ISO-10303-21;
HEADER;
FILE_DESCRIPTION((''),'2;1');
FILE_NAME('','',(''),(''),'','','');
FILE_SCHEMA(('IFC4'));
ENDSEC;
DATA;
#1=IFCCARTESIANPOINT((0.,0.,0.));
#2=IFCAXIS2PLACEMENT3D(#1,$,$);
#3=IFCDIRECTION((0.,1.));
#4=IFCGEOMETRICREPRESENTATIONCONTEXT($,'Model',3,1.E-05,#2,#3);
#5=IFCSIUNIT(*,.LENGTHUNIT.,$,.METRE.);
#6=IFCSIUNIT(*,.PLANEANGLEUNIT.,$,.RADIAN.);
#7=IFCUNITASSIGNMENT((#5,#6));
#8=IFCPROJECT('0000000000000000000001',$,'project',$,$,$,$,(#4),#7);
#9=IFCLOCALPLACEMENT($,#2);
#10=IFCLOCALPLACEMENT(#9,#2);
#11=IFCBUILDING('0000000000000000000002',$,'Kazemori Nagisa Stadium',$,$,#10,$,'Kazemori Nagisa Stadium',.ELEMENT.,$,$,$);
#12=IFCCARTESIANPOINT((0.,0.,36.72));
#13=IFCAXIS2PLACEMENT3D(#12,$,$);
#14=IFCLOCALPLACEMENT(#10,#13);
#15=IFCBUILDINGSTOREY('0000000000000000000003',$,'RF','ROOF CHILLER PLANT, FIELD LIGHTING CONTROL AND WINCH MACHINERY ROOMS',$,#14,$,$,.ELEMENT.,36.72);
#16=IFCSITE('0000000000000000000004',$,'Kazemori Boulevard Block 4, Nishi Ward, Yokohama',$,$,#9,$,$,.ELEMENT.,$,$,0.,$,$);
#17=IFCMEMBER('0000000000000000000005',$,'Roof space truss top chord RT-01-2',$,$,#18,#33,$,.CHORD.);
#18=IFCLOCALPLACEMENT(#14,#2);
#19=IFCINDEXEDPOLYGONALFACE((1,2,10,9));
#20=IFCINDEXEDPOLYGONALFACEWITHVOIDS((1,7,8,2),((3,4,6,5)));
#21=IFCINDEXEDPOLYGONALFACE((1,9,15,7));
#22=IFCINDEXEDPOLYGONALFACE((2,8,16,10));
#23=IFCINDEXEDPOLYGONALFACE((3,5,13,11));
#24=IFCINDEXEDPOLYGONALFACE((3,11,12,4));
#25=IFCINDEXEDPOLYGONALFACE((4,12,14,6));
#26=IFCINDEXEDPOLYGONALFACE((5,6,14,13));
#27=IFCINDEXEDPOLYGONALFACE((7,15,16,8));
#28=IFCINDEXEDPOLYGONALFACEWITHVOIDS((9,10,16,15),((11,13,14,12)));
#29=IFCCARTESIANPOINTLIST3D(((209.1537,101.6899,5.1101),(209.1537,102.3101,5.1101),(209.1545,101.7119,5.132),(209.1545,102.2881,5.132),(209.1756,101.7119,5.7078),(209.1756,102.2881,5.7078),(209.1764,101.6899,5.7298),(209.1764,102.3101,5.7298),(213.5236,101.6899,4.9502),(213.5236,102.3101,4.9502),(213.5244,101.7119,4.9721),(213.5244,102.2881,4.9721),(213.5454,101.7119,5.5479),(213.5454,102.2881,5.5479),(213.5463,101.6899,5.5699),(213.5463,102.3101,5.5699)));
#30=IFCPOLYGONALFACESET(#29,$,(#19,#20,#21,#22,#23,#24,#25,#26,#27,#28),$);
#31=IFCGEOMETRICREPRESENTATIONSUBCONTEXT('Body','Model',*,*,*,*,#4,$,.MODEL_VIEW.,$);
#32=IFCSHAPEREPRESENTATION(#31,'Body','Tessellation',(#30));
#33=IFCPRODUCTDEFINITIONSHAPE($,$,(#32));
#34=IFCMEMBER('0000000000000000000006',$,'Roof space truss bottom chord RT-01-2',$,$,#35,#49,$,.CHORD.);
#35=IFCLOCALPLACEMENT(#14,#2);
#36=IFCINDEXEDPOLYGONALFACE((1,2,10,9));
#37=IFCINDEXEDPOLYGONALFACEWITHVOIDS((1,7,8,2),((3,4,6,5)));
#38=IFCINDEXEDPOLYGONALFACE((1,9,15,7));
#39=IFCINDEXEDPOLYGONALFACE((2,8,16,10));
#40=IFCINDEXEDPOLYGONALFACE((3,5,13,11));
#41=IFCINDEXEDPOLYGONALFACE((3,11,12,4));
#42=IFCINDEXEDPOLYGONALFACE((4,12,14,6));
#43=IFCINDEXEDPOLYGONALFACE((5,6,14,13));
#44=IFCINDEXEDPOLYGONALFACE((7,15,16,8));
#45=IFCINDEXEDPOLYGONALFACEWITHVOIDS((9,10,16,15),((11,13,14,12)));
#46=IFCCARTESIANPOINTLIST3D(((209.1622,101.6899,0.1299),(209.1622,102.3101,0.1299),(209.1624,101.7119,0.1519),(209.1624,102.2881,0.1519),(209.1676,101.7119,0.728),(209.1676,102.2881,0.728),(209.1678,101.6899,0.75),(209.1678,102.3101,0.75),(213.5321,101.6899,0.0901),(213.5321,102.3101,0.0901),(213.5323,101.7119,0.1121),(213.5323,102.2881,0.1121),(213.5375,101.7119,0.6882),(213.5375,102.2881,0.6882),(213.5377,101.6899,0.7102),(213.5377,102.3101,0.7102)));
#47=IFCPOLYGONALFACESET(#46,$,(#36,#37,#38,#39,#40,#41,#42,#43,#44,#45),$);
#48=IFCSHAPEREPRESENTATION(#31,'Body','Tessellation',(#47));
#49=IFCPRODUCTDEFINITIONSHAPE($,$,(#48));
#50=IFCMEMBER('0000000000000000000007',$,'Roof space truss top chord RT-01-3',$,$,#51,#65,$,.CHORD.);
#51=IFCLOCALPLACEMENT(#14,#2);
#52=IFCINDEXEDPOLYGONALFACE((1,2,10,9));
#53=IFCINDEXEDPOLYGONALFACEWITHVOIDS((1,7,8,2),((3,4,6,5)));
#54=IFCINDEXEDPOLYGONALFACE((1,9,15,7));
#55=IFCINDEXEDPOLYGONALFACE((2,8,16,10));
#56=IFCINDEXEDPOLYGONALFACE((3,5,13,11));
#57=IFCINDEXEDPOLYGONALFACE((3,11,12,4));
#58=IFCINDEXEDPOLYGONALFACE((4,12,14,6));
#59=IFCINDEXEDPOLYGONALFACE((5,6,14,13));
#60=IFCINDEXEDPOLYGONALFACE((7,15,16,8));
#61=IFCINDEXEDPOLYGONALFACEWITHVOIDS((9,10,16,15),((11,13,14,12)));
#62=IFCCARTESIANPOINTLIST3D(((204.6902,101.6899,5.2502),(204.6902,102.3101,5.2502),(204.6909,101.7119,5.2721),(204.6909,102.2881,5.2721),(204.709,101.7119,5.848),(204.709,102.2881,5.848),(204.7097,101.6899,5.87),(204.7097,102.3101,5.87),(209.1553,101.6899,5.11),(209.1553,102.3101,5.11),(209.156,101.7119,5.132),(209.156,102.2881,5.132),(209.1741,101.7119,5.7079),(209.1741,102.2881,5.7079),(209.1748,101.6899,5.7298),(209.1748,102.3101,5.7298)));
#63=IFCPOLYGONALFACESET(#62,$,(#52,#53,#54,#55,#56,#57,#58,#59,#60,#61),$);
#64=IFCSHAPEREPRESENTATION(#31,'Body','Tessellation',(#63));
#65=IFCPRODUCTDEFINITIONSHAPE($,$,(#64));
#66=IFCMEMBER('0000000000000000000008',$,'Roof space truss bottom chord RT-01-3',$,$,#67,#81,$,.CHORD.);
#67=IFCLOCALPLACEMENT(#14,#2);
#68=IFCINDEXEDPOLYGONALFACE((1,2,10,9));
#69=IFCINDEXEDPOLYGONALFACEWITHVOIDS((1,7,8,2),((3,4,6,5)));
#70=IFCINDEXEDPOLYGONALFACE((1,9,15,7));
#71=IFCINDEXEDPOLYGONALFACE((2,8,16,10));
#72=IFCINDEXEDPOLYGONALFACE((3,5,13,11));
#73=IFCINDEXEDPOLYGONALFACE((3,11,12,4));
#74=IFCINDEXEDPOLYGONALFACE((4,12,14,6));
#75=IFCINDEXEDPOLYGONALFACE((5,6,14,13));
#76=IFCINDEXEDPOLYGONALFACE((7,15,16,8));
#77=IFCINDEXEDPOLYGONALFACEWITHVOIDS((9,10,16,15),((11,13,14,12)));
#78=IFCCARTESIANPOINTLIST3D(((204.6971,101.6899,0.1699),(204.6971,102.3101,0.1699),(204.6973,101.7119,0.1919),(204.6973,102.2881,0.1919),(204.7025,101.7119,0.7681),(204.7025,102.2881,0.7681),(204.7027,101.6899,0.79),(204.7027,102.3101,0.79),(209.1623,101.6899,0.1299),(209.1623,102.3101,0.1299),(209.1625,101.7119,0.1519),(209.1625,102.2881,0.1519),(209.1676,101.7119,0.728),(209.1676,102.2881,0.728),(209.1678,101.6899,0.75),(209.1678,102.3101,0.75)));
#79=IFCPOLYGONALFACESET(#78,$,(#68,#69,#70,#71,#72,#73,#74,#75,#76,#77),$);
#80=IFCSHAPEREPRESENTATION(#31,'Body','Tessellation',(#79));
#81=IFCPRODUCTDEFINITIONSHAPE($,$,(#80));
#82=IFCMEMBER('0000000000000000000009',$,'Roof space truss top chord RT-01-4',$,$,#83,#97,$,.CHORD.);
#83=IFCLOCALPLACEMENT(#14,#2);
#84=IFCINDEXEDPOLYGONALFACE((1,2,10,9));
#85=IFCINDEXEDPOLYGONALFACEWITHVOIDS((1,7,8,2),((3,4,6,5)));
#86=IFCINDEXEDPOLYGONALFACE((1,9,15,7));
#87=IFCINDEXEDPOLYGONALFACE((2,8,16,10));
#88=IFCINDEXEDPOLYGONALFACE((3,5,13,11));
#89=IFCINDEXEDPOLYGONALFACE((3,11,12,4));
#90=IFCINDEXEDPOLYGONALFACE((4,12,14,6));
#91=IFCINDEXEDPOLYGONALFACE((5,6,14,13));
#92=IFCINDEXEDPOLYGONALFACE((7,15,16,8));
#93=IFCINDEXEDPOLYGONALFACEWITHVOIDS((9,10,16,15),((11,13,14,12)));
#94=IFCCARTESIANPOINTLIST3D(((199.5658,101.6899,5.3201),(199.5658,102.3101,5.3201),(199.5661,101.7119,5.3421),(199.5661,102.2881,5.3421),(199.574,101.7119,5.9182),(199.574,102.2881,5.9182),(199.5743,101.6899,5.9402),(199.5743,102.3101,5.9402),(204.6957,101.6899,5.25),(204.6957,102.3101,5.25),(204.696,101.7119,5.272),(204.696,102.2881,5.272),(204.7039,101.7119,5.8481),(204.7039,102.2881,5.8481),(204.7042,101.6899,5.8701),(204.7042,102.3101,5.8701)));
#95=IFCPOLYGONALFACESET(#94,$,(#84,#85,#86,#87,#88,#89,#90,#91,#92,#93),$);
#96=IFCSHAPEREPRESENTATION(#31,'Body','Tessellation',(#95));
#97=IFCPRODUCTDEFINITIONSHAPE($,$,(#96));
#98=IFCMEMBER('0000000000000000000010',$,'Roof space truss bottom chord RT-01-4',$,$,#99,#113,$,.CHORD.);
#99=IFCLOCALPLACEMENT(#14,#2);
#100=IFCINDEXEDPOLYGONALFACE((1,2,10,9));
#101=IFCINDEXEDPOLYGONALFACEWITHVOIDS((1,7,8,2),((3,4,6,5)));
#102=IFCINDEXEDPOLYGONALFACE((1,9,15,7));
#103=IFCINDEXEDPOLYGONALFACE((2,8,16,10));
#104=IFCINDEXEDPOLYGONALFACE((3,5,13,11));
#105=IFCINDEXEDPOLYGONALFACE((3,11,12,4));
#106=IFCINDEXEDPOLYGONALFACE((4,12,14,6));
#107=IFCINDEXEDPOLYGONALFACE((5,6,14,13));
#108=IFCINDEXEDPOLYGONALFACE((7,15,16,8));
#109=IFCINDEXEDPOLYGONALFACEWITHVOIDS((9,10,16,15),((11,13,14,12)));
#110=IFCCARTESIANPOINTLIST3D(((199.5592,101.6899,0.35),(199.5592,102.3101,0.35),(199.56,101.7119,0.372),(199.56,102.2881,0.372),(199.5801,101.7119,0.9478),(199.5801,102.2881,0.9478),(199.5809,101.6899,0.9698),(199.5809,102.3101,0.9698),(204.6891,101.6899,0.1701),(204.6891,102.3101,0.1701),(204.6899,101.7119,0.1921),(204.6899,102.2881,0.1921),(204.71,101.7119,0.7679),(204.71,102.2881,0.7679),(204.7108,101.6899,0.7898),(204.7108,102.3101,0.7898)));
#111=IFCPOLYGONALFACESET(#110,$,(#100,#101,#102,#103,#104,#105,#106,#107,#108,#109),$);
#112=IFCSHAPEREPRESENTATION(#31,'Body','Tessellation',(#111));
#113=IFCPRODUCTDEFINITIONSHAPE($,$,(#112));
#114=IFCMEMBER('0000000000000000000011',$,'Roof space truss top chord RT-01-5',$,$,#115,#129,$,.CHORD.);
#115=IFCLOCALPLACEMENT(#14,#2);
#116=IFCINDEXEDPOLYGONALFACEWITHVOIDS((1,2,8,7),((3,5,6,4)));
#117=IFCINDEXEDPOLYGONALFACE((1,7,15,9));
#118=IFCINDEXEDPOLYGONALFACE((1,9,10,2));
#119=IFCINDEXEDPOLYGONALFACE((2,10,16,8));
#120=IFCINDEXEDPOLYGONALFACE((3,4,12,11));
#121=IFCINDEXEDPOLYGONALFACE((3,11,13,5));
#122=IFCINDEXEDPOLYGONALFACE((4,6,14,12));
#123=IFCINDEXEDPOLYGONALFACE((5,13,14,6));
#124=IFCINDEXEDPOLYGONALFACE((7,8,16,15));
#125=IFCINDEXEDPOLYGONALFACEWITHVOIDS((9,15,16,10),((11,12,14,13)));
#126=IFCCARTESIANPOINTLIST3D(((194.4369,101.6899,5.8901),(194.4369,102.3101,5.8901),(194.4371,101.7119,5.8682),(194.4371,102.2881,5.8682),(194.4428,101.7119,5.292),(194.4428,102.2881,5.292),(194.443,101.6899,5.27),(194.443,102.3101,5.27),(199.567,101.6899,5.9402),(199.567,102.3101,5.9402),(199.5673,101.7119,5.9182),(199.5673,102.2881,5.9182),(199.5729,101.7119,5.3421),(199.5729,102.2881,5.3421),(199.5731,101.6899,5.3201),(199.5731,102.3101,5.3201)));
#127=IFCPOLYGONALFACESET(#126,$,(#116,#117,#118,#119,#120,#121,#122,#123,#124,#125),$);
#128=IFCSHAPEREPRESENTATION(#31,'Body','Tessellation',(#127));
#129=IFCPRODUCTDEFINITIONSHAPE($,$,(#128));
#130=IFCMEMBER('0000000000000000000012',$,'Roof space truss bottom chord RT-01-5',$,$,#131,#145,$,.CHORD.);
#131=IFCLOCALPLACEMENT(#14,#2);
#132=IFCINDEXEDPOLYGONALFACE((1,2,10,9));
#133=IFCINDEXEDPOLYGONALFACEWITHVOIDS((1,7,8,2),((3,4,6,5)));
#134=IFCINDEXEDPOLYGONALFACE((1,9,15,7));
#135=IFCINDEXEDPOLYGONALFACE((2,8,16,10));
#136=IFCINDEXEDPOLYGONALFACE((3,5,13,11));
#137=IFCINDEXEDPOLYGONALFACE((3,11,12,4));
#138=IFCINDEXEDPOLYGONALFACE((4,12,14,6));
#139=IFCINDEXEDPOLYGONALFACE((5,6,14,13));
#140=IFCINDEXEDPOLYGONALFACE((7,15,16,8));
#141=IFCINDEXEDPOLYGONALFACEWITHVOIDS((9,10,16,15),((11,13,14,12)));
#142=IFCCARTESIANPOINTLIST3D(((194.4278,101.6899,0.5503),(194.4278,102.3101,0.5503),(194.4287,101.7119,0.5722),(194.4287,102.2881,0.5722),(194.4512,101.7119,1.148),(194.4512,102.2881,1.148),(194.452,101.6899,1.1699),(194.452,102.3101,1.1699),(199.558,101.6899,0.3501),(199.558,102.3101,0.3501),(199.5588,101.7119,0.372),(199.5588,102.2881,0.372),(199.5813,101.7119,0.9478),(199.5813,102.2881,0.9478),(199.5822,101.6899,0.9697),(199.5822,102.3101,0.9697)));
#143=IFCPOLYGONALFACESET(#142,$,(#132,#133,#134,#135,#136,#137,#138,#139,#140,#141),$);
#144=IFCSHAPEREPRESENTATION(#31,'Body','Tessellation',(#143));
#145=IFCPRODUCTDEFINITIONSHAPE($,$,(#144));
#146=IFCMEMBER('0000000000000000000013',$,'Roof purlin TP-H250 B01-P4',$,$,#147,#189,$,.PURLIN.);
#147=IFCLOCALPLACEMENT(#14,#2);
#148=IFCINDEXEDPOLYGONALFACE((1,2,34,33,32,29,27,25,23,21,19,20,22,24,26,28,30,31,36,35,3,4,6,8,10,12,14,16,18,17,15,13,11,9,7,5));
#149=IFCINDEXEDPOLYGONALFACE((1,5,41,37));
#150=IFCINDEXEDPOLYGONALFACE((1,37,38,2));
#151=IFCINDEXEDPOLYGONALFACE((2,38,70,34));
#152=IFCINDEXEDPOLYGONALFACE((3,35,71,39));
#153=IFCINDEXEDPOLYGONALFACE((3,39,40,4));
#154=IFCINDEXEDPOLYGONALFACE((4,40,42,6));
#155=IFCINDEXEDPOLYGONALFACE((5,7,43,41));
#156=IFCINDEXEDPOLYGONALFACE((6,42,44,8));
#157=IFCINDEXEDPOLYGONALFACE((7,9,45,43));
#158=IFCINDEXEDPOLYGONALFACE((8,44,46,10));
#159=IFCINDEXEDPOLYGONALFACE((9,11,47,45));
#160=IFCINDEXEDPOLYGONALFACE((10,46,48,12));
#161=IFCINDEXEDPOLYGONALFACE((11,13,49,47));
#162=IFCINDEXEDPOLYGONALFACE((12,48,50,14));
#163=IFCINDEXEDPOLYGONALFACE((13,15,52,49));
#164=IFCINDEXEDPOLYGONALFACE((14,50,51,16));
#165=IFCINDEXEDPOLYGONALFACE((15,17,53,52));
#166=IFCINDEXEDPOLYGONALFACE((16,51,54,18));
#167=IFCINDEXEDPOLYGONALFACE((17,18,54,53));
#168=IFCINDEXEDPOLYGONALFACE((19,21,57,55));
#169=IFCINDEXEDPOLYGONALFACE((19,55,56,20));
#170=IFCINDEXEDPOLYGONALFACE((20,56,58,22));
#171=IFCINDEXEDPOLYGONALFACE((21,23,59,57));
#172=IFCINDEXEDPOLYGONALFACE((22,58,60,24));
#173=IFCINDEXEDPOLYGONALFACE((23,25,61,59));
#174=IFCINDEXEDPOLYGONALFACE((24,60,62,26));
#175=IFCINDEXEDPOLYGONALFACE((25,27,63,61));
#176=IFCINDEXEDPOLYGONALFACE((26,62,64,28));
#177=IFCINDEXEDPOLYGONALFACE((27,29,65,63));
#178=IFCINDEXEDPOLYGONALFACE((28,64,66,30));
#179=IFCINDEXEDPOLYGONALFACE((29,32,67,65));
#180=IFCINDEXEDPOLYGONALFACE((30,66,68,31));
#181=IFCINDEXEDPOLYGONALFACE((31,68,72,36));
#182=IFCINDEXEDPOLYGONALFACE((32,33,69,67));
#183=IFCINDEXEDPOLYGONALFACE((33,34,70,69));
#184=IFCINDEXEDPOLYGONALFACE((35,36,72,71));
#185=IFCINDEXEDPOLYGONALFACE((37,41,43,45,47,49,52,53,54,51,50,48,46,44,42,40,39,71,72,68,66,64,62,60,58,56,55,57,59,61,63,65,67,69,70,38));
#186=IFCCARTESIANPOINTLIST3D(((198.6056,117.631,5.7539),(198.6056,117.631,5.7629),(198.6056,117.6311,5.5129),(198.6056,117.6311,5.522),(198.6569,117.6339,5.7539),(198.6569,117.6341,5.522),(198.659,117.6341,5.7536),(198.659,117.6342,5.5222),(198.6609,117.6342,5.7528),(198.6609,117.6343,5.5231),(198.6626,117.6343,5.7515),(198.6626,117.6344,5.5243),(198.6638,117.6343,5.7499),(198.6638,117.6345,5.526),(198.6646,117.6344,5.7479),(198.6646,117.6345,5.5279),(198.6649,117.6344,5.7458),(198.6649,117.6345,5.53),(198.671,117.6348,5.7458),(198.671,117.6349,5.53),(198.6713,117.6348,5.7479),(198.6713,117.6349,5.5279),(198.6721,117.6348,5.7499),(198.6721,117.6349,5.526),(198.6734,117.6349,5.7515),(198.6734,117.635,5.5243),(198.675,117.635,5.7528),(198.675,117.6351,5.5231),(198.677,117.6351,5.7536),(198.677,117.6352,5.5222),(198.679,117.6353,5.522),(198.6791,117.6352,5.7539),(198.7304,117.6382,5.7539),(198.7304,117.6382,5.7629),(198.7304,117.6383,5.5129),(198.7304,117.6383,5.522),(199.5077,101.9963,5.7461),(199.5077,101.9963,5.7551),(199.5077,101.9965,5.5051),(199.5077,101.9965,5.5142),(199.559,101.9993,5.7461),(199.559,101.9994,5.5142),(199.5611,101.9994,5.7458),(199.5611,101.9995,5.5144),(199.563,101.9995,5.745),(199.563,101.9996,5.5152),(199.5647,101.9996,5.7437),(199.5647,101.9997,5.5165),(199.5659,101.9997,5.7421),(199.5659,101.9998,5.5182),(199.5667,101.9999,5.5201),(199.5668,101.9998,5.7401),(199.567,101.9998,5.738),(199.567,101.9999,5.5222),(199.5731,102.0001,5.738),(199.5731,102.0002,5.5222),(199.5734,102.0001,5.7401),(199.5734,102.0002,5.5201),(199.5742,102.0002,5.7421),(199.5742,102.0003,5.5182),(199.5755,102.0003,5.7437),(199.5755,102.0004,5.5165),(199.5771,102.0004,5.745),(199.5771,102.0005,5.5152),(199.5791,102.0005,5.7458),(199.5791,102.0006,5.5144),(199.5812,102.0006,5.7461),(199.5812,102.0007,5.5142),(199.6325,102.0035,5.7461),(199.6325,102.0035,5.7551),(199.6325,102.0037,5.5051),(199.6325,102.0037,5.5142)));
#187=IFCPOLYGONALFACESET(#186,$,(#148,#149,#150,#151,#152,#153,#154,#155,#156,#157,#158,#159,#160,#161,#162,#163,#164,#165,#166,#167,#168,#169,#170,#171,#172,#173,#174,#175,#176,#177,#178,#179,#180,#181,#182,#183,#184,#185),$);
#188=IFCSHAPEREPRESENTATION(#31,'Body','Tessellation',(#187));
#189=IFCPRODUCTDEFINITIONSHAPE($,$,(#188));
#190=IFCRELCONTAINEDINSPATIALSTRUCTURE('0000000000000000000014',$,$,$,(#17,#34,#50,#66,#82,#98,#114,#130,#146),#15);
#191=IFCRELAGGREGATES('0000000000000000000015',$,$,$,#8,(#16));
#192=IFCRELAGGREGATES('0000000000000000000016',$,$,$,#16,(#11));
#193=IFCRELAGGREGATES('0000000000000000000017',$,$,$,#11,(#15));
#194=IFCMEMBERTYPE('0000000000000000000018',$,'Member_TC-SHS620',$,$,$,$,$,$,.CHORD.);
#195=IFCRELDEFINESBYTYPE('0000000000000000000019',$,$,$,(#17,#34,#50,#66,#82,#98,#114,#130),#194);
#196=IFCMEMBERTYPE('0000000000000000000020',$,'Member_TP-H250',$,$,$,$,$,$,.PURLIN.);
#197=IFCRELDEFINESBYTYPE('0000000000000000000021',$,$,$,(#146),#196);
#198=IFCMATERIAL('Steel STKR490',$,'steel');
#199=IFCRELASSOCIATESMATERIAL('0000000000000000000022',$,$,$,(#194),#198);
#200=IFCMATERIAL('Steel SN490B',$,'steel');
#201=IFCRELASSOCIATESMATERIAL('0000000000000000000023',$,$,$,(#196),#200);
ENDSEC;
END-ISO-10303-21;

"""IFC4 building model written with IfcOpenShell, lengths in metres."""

from ifc_helpers import new_model, si_unit, direction, frame, origin, origin_2d, place, context, subcontext, project, spatial, hollow_rectangle, i_section, extrude, material, material_profile, profile_set, type_object, element, save


model = new_model("IFC4")

# Units and contexts
model_context = context("Model", 3, precision=1e-05, world=origin(), true_north=direction((0.0, 1.0)))
body_context = subcontext(model_context, "Body", "Model", "MODEL_VIEW")
ifc_project = project(units=[si_unit("LENGTHUNIT", "METRE"), si_unit("PLANEANGLEUNIT", "RADIAN")], contexts=[model_context])

# Site, building, storey
site_placement = place(None, origin())
site = spatial("IfcSite", under=ifc_project, at=site_placement, Name="Kazemori Boulevard Block 4, Nishi Ward, Yokohama", CompositionType="ELEMENT", RefElevation=0.0)
building_placement = place(site_placement, origin())
building = spatial("IfcBuilding", under=site, at=building_placement, Name="Kazemori Nagisa Stadium", LongName="Kazemori Nagisa Stadium", CompositionType="ELEMENT")
storey_placement = place(building_placement, frame((0.0, 0.0, 36.72)))
storey = spatial("IfcBuildingStorey", under=building, at=storey_placement, Name="RF", Description="ROOF CHILLER PLANT, FIELD LIGHTING CONTROL AND WINCH MACHINERY ROOMS", CompositionType="ELEMENT", Elevation=36.72)

# Shared definitions
ifc_material_1 = material(Name="Steel SN490B", Category="steel")

# Members
ifc_material_2 = material(Name="Steel STKR490", Category="steel")
ifc_material_profile_1 = material_profile(ifc_material_2, hollow_rectangle(XDim=0.6201, YDim=0.6201, WallThickness=0.022, at=origin_2d()), Name="SHS-620x620x22")
ifc_profile_set_1 = profile_set([ifc_material_profile_1], Name="Steel STKR490")
member_type_1 = type_object("IfcMemberType", Name="Member_TC-SHS620", PredefinedType="CHORD", material=ifc_profile_set_1)
member_1_placement = place(storey_placement, frame((213.5349, 102.0, 5.26), z_axis=(-0.999331, 0.0, 0.03657), x_axis=(0.0, -1.0, 0.0)))
element("IfcMember", 1, at=member_1_placement, inside=storey, type_object=member_type_1, Name="Roof space truss top chord RT-01-2", PredefinedType="CHORD", context=body_context, shape_type="SweptSolid", body=[
    extrude(hollow_rectangle(XDim=0.6201, YDim=0.6201, WallThickness=0.022, at=origin_2d()), origin(), (0.0, 0.0, 1.0), 4.3728),
])
member_2_placement = place(storey_placement, frame((213.5349, 102.0, 0.4001), z_axis=(-0.999959, 0.0, 0.009106), x_axis=(0.0, -1.0, 0.0)))
element("IfcMember", 2, at=member_2_placement, inside=storey, type_object=member_type_1, Name="Roof space truss bottom chord RT-01-2", PredefinedType="CHORD", context=body_context, shape_type="SweptSolid", body=[
    extrude(hollow_rectangle(XDim=0.6201, YDim=0.6201, WallThickness=0.022, at=origin_2d()), origin(), (0.0, 0.0, 1.0), 4.3701),
])
member_3_placement = place(storey_placement, frame((209.165, 102.0, 5.4199), z_axis=(-0.999508, 0.0, 0.03137), x_axis=(0.0, -1.0, 0.0)))
element("IfcMember", 3, at=member_3_placement, inside=storey, type_object=member_type_1, Name="Roof space truss top chord RT-01-3", PredefinedType="CHORD", context=body_context, shape_type="SweptSolid", body=[
    extrude(hollow_rectangle(XDim=0.6201, YDim=0.6201, WallThickness=0.022, at=origin_2d()), origin(), (0.0, 0.0, 1.0), 4.4673),
])
member_4_placement = place(storey_placement, frame((209.165, 102.0, 0.4399), z_axis=(-0.99996, 0.0, 0.008967), x_axis=(0.0, -1.0, 0.0)))
element("IfcMember", 4, at=member_4_placement, inside=storey, type_object=member_type_1, Name="Roof space truss bottom chord RT-01-3", PredefinedType="CHORD", context=body_context, shape_type="SweptSolid", body=[
    extrude(hollow_rectangle(XDim=0.6201, YDim=0.6201, WallThickness=0.022, at=origin_2d()), origin(), (0.0, 0.0, 1.0), 4.4653),
])
member_5_placement = place(storey_placement, frame((204.7, 102.0, 5.5601), z_axis=(-0.999907, 0.0, 0.013658), x_axis=(0.0, -1.0, 0.0)))
element("IfcMember", 5, at=member_5_placement, inside=storey, type_object=member_type_1, Name="Roof space truss top chord RT-01-4", PredefinedType="CHORD", context=body_context, shape_type="SweptSolid", body=[
    extrude(hollow_rectangle(XDim=0.6201, YDim=0.6201, WallThickness=0.022, at=origin_2d()), origin(), (0.0, 0.0, 1.0), 5.1304),
])
member_6_placement = place(storey_placement, frame((204.7, 102.0, 0.48), z_axis=(-0.999385, 0.0, 0.035054), x_axis=(0.0, -1.0, 0.0)))
element("IfcMember", 6, at=member_6_placement, inside=storey, type_object=member_type_1, Name="Roof space truss bottom chord RT-01-4", PredefinedType="CHORD", context=body_context, shape_type="SweptSolid", body=[
    extrude(hollow_rectangle(XDim=0.6201, YDim=0.6201, WallThickness=0.022, at=origin_2d()), origin(), (0.0, 0.0, 1.0), 5.1331),
])
member_7_placement = place(storey_placement, frame((199.5701, 102.0, 5.6301), z_axis=(-0.999952, 0.0, -0.009755), x_axis=(0.0, -1.0, 0.0)))
element("IfcMember", 7, at=member_7_placement, inside=storey, type_object=member_type_1, Name="Roof space truss top chord RT-01-5", PredefinedType="CHORD", context=body_context, shape_type="SweptSolid", body=[
    extrude(hollow_rectangle(XDim=0.6201, YDim=0.6201, WallThickness=0.022, at=origin_2d()), origin(), (0.0, 0.0, 1.0), 5.1304),
])
member_8_placement = place(storey_placement, frame((199.5701, 102.0, 0.6599), z_axis=(-0.999239, 0.0, 0.038994), x_axis=(0.0, -1.0, 0.0)))
element("IfcMember", 8, at=member_8_placement, inside=storey, type_object=member_type_1, Name="Roof space truss bottom chord RT-01-5", PredefinedType="CHORD", context=body_context, shape_type="SweptSolid", body=[
    extrude(hollow_rectangle(XDim=0.6201, YDim=0.6201, WallThickness=0.022, at=origin_2d()), origin(), (0.0, 0.0, 1.0), 5.134),
])
ifc_material_profile_2 = material_profile(ifc_material_1, i_section(OverallWidth=0.125, OverallDepth=0.25, WebThickness=0.0061, FlangeThickness=0.009, FilletRadius=0.0081, at=origin_2d()), Name="H-250x125x6x9")
ifc_profile_set_2 = profile_set([ifc_material_profile_2], Name="Steel SN490B")
member_type_2 = type_object("IfcMemberType", Name="Member_TP-H250", PredefinedType="PURLIN", material=ifc_profile_set_2)
member_9_placement = place(storey_placement, frame((199.5701, 102.0, 5.6301), z_axis=(-0.057603, 0.998339, 0.000499), x_axis=(-0.99834, -0.057603, 0.0)))
element("IfcMember", 9, at=member_9_placement, inside=storey, type_object=member_type_2, Name="Roof purlin TP-H250 B01-P4", PredefinedType="PURLIN", context=body_context, shape_type="SweptSolid", body=[
    extrude(i_section(OverallWidth=0.125, OverallDepth=0.25, WebThickness=0.0061, FlangeThickness=0.009, FilletRadius=0.0081, at=origin_2d()), origin(), (0.0, 0.0, 1.0), 15.6606),
])

save(model, "model.ifc")
